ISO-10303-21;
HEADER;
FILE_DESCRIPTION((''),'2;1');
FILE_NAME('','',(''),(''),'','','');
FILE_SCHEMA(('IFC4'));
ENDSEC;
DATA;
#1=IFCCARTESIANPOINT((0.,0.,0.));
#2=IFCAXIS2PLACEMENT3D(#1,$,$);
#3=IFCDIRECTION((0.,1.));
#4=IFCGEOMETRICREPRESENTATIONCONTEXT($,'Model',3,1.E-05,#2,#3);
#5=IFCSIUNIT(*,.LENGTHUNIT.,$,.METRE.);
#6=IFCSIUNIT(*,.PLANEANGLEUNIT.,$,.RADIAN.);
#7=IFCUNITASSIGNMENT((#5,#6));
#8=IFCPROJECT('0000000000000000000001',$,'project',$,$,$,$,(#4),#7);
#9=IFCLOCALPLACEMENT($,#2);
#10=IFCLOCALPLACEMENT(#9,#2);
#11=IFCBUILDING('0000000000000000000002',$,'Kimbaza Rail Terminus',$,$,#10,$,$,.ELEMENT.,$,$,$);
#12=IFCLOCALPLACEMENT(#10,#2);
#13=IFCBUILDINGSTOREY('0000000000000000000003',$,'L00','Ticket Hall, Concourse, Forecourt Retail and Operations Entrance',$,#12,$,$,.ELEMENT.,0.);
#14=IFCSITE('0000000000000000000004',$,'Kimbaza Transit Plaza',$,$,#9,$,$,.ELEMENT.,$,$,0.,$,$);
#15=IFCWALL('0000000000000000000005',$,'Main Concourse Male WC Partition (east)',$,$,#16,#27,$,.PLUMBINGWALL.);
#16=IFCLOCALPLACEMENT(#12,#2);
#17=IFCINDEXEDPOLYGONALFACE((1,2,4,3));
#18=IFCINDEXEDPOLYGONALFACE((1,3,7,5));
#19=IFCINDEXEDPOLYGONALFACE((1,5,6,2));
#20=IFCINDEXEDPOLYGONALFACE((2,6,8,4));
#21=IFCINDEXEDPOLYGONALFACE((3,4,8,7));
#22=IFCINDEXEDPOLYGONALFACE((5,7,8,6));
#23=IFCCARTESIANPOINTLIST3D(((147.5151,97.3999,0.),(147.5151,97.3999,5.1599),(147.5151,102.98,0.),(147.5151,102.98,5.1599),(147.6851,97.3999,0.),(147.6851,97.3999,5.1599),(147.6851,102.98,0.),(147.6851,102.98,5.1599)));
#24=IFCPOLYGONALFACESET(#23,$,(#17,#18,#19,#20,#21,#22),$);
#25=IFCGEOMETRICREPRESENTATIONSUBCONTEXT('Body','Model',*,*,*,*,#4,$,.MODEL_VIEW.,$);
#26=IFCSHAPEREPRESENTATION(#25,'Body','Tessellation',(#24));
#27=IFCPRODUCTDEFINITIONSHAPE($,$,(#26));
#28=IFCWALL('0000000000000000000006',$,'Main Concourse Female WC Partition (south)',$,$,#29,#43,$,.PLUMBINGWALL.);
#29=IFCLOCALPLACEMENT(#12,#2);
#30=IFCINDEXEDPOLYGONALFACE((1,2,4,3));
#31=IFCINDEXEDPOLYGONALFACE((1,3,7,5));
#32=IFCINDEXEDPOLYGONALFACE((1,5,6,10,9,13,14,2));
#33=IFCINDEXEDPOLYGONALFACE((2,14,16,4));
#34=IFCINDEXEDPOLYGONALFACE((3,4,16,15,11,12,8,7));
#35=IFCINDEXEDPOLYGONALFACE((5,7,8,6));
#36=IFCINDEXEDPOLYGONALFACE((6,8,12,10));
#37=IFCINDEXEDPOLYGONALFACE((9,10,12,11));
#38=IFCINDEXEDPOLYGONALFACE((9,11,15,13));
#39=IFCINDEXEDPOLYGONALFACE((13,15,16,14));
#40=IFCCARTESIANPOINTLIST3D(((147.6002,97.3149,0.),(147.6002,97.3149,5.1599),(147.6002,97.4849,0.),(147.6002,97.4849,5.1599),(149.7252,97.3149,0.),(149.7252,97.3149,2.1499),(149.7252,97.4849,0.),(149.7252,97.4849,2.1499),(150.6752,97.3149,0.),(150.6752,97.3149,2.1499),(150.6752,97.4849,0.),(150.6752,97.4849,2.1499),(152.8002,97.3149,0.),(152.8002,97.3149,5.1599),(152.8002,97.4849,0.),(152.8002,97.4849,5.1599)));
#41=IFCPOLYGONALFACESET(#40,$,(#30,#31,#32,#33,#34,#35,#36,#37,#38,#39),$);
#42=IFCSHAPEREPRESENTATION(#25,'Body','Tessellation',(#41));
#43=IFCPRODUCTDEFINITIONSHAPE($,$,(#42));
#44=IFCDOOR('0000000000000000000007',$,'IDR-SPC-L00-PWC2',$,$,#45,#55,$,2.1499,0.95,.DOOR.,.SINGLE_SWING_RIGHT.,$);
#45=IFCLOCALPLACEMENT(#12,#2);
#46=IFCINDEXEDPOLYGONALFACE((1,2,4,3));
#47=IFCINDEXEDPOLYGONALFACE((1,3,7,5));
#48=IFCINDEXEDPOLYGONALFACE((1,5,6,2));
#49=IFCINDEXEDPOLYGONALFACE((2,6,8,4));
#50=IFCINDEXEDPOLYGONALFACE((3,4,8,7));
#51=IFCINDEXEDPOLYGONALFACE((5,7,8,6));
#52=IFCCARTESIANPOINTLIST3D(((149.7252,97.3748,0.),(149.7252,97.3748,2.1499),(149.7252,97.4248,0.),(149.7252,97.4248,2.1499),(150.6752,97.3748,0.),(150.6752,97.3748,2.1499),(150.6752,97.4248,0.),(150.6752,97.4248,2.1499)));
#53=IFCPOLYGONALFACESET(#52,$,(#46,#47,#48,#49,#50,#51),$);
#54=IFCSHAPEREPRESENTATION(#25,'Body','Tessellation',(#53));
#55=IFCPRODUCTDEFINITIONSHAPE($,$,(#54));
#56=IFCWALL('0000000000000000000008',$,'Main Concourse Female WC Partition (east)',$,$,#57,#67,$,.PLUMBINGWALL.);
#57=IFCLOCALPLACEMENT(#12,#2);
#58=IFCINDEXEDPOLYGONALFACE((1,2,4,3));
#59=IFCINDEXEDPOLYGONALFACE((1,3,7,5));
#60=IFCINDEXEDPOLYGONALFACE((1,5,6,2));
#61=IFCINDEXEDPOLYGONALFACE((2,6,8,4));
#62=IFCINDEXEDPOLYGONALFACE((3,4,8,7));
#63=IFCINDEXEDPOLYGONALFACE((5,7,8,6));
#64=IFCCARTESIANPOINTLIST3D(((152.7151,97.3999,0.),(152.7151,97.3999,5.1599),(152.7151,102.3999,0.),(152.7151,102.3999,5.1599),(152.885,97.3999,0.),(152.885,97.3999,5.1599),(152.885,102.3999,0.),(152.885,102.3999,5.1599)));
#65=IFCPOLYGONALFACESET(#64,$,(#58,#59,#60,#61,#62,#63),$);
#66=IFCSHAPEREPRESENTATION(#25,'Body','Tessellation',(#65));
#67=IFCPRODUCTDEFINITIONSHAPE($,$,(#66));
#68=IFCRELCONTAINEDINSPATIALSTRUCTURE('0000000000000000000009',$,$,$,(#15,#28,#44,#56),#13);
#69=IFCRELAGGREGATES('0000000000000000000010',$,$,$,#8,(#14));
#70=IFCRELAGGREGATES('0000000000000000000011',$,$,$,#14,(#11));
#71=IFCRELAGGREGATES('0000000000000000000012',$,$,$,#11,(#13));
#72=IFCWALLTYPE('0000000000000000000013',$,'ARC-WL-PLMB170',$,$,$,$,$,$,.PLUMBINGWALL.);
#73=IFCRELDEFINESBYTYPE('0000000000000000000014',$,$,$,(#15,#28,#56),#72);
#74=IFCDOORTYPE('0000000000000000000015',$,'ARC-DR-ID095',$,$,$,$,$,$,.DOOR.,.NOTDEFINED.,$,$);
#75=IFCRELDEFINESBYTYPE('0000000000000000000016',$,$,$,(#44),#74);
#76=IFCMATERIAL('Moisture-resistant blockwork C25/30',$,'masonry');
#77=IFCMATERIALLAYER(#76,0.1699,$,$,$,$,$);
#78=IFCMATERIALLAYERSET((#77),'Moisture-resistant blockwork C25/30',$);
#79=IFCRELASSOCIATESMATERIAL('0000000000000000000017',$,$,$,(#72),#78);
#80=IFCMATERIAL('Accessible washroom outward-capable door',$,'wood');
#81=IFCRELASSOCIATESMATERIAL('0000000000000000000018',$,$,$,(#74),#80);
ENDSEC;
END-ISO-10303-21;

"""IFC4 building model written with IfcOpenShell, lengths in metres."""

from ifc_helpers import new_model, si_unit, direction, frame, frame_2d, origin, place, context, subcontext, project, spatial, rectangle, extrude, material, layer, layer_set, type_object, element, fill, save


model = new_model("IFC4")

# Units and contexts
model_context = context("Model", 3, precision=1e-05, world=origin(), true_north=direction((0.0, 1.0)))
body_context = subcontext(model_context, "Body", "Model", "MODEL_VIEW")
ifc_project = project(units=[si_unit("LENGTHUNIT", "METRE"), si_unit("PLANEANGLEUNIT", "RADIAN")], contexts=[model_context])

# Site, building, storey
site_placement = place(None, origin())
site = spatial("IfcSite", under=ifc_project, at=site_placement, Name="Kimbaza Transit Plaza", CompositionType="ELEMENT", RefElevation=0.0)
building_placement = place(site_placement, origin())
building = spatial("IfcBuilding", under=site, at=building_placement, Name="Kimbaza Rail Terminus", CompositionType="ELEMENT")
storey_placement = place(building_placement, origin())
storey = spatial("IfcBuildingStorey", under=building, at=storey_placement, Name="L00", Description="Ticket Hall, Concourse, Forecourt Retail and Operations Entrance", CompositionType="ELEMENT", Elevation=0.0)

# Wall
ifc_material_1 = material(Name="Moisture-resistant blockwork C25/30", Category="masonry")
ifc_layer_1 = layer(ifc_material_1, 0.1699)
ifc_layer_set_1 = layer_set([ifc_layer_1], Name="Moisture-resistant blockwork C25/30")
wall_type_1 = type_object("IfcWallType", Name="ARC-WL-PLMB170", PredefinedType="PLUMBINGWALL", material=ifc_layer_set_1)
wall_1_placement = place(storey_placement, frame((147.6001, 97.3999, 0.0), z_axis=(0.0, 0.0, 1.0), x_axis=(0.0, 1.0, 0.0)))
element("IfcWall", 1, at=wall_1_placement, inside=storey, type_object=wall_type_1, Name="Main Concourse Male WC Partition (east)", PredefinedType="PLUMBINGWALL", context=body_context, shape_type="SweptSolid", body=[
    extrude(rectangle(XDim=5.5801, YDim=0.1699, at=frame_2d((2.79, 0.0))), origin(), (0.0, 0.0, 1.0), 5.1599),
])

# Wall, opening, door
wall_2_placement = place(storey_placement, frame((147.6001, 97.3999, 0.0), z_axis=(0.0, 0.0, 1.0), x_axis=(1.0, 0.0, 0.0)))
wall_2 = element("IfcWall", 2, at=wall_2_placement, inside=storey, type_object=wall_type_1, Name="Main Concourse Female WC Partition (south)", PredefinedType="PLUMBINGWALL", context=body_context, shape_type="SweptSolid", body=[
    extrude(rectangle(XDim=5.2, YDim=0.1699, at=frame_2d((2.6001, 0.0))), origin(), (0.0, 0.0, 1.0), 5.1599),
])
opening_1_placement = place(wall_2_placement, frame((2.125, 0.0, 0.0)))
opening_1 = element("IfcOpeningElement", 3, at=opening_1_placement, cuts=wall_2, PredefinedType="OPENING", context=body_context, shape_type="SweptSolid", body=[
    extrude(rectangle(XDim=0.95, YDim=2.1499, at=frame_2d((0.4751, 1.075))), frame((0.0, 0.095, 0.0), z_axis=(0.0, -1.0, 0.0), x_axis=(1.0, 0.0, 0.0)), (0.0, 0.0, 1.0), 0.1899),
])
ifc_material_2 = material(Name="Accessible washroom outward-capable door", Category="wood")
door_type_1 = type_object("IfcDoorType", Name="ARC-DR-ID095", OperationType="NOTDEFINED", PredefinedType="DOOR", material=ifc_material_2)
door_1_placement = place(opening_1_placement, origin())
door_1 = element("IfcDoor", 4, at=door_1_placement, inside=storey, type_object=door_type_1, Name="IDR-SPC-L00-PWC2", OperationType="SINGLE_SWING_RIGHT", OverallHeight=2.1499, OverallWidth=0.95, PredefinedType="DOOR", context=body_context, shape_type="SweptSolid", body=[
    extrude(rectangle(XDim=0.95, YDim=2.1499, at=frame_2d((0.4751, 1.075))), frame((0.0, 0.0249, 0.0), z_axis=(0.0, -1.0, 0.0), x_axis=(1.0, 0.0, 0.0)), (0.0, 0.0, 1.0), 0.05),
])
fill(opening_1, door_1)

# Wall
wall_3_placement = place(storey_placement, frame((152.8, 97.3999, 0.0), z_axis=(0.0, 0.0, 1.0), x_axis=(0.0, 1.0, 0.0)))
element("IfcWall", 5, at=wall_3_placement, inside=storey, type_object=wall_type_1, Name="Main Concourse Female WC Partition (east)", PredefinedType="PLUMBINGWALL", context=body_context, shape_type="SweptSolid", body=[
    extrude(rectangle(XDim=5.0, YDim=0.1699, at=frame_2d((2.5, 0.0))), origin(), (0.0, 0.0, 1.0), 5.1599),
])

save(model, "model.ifc")
